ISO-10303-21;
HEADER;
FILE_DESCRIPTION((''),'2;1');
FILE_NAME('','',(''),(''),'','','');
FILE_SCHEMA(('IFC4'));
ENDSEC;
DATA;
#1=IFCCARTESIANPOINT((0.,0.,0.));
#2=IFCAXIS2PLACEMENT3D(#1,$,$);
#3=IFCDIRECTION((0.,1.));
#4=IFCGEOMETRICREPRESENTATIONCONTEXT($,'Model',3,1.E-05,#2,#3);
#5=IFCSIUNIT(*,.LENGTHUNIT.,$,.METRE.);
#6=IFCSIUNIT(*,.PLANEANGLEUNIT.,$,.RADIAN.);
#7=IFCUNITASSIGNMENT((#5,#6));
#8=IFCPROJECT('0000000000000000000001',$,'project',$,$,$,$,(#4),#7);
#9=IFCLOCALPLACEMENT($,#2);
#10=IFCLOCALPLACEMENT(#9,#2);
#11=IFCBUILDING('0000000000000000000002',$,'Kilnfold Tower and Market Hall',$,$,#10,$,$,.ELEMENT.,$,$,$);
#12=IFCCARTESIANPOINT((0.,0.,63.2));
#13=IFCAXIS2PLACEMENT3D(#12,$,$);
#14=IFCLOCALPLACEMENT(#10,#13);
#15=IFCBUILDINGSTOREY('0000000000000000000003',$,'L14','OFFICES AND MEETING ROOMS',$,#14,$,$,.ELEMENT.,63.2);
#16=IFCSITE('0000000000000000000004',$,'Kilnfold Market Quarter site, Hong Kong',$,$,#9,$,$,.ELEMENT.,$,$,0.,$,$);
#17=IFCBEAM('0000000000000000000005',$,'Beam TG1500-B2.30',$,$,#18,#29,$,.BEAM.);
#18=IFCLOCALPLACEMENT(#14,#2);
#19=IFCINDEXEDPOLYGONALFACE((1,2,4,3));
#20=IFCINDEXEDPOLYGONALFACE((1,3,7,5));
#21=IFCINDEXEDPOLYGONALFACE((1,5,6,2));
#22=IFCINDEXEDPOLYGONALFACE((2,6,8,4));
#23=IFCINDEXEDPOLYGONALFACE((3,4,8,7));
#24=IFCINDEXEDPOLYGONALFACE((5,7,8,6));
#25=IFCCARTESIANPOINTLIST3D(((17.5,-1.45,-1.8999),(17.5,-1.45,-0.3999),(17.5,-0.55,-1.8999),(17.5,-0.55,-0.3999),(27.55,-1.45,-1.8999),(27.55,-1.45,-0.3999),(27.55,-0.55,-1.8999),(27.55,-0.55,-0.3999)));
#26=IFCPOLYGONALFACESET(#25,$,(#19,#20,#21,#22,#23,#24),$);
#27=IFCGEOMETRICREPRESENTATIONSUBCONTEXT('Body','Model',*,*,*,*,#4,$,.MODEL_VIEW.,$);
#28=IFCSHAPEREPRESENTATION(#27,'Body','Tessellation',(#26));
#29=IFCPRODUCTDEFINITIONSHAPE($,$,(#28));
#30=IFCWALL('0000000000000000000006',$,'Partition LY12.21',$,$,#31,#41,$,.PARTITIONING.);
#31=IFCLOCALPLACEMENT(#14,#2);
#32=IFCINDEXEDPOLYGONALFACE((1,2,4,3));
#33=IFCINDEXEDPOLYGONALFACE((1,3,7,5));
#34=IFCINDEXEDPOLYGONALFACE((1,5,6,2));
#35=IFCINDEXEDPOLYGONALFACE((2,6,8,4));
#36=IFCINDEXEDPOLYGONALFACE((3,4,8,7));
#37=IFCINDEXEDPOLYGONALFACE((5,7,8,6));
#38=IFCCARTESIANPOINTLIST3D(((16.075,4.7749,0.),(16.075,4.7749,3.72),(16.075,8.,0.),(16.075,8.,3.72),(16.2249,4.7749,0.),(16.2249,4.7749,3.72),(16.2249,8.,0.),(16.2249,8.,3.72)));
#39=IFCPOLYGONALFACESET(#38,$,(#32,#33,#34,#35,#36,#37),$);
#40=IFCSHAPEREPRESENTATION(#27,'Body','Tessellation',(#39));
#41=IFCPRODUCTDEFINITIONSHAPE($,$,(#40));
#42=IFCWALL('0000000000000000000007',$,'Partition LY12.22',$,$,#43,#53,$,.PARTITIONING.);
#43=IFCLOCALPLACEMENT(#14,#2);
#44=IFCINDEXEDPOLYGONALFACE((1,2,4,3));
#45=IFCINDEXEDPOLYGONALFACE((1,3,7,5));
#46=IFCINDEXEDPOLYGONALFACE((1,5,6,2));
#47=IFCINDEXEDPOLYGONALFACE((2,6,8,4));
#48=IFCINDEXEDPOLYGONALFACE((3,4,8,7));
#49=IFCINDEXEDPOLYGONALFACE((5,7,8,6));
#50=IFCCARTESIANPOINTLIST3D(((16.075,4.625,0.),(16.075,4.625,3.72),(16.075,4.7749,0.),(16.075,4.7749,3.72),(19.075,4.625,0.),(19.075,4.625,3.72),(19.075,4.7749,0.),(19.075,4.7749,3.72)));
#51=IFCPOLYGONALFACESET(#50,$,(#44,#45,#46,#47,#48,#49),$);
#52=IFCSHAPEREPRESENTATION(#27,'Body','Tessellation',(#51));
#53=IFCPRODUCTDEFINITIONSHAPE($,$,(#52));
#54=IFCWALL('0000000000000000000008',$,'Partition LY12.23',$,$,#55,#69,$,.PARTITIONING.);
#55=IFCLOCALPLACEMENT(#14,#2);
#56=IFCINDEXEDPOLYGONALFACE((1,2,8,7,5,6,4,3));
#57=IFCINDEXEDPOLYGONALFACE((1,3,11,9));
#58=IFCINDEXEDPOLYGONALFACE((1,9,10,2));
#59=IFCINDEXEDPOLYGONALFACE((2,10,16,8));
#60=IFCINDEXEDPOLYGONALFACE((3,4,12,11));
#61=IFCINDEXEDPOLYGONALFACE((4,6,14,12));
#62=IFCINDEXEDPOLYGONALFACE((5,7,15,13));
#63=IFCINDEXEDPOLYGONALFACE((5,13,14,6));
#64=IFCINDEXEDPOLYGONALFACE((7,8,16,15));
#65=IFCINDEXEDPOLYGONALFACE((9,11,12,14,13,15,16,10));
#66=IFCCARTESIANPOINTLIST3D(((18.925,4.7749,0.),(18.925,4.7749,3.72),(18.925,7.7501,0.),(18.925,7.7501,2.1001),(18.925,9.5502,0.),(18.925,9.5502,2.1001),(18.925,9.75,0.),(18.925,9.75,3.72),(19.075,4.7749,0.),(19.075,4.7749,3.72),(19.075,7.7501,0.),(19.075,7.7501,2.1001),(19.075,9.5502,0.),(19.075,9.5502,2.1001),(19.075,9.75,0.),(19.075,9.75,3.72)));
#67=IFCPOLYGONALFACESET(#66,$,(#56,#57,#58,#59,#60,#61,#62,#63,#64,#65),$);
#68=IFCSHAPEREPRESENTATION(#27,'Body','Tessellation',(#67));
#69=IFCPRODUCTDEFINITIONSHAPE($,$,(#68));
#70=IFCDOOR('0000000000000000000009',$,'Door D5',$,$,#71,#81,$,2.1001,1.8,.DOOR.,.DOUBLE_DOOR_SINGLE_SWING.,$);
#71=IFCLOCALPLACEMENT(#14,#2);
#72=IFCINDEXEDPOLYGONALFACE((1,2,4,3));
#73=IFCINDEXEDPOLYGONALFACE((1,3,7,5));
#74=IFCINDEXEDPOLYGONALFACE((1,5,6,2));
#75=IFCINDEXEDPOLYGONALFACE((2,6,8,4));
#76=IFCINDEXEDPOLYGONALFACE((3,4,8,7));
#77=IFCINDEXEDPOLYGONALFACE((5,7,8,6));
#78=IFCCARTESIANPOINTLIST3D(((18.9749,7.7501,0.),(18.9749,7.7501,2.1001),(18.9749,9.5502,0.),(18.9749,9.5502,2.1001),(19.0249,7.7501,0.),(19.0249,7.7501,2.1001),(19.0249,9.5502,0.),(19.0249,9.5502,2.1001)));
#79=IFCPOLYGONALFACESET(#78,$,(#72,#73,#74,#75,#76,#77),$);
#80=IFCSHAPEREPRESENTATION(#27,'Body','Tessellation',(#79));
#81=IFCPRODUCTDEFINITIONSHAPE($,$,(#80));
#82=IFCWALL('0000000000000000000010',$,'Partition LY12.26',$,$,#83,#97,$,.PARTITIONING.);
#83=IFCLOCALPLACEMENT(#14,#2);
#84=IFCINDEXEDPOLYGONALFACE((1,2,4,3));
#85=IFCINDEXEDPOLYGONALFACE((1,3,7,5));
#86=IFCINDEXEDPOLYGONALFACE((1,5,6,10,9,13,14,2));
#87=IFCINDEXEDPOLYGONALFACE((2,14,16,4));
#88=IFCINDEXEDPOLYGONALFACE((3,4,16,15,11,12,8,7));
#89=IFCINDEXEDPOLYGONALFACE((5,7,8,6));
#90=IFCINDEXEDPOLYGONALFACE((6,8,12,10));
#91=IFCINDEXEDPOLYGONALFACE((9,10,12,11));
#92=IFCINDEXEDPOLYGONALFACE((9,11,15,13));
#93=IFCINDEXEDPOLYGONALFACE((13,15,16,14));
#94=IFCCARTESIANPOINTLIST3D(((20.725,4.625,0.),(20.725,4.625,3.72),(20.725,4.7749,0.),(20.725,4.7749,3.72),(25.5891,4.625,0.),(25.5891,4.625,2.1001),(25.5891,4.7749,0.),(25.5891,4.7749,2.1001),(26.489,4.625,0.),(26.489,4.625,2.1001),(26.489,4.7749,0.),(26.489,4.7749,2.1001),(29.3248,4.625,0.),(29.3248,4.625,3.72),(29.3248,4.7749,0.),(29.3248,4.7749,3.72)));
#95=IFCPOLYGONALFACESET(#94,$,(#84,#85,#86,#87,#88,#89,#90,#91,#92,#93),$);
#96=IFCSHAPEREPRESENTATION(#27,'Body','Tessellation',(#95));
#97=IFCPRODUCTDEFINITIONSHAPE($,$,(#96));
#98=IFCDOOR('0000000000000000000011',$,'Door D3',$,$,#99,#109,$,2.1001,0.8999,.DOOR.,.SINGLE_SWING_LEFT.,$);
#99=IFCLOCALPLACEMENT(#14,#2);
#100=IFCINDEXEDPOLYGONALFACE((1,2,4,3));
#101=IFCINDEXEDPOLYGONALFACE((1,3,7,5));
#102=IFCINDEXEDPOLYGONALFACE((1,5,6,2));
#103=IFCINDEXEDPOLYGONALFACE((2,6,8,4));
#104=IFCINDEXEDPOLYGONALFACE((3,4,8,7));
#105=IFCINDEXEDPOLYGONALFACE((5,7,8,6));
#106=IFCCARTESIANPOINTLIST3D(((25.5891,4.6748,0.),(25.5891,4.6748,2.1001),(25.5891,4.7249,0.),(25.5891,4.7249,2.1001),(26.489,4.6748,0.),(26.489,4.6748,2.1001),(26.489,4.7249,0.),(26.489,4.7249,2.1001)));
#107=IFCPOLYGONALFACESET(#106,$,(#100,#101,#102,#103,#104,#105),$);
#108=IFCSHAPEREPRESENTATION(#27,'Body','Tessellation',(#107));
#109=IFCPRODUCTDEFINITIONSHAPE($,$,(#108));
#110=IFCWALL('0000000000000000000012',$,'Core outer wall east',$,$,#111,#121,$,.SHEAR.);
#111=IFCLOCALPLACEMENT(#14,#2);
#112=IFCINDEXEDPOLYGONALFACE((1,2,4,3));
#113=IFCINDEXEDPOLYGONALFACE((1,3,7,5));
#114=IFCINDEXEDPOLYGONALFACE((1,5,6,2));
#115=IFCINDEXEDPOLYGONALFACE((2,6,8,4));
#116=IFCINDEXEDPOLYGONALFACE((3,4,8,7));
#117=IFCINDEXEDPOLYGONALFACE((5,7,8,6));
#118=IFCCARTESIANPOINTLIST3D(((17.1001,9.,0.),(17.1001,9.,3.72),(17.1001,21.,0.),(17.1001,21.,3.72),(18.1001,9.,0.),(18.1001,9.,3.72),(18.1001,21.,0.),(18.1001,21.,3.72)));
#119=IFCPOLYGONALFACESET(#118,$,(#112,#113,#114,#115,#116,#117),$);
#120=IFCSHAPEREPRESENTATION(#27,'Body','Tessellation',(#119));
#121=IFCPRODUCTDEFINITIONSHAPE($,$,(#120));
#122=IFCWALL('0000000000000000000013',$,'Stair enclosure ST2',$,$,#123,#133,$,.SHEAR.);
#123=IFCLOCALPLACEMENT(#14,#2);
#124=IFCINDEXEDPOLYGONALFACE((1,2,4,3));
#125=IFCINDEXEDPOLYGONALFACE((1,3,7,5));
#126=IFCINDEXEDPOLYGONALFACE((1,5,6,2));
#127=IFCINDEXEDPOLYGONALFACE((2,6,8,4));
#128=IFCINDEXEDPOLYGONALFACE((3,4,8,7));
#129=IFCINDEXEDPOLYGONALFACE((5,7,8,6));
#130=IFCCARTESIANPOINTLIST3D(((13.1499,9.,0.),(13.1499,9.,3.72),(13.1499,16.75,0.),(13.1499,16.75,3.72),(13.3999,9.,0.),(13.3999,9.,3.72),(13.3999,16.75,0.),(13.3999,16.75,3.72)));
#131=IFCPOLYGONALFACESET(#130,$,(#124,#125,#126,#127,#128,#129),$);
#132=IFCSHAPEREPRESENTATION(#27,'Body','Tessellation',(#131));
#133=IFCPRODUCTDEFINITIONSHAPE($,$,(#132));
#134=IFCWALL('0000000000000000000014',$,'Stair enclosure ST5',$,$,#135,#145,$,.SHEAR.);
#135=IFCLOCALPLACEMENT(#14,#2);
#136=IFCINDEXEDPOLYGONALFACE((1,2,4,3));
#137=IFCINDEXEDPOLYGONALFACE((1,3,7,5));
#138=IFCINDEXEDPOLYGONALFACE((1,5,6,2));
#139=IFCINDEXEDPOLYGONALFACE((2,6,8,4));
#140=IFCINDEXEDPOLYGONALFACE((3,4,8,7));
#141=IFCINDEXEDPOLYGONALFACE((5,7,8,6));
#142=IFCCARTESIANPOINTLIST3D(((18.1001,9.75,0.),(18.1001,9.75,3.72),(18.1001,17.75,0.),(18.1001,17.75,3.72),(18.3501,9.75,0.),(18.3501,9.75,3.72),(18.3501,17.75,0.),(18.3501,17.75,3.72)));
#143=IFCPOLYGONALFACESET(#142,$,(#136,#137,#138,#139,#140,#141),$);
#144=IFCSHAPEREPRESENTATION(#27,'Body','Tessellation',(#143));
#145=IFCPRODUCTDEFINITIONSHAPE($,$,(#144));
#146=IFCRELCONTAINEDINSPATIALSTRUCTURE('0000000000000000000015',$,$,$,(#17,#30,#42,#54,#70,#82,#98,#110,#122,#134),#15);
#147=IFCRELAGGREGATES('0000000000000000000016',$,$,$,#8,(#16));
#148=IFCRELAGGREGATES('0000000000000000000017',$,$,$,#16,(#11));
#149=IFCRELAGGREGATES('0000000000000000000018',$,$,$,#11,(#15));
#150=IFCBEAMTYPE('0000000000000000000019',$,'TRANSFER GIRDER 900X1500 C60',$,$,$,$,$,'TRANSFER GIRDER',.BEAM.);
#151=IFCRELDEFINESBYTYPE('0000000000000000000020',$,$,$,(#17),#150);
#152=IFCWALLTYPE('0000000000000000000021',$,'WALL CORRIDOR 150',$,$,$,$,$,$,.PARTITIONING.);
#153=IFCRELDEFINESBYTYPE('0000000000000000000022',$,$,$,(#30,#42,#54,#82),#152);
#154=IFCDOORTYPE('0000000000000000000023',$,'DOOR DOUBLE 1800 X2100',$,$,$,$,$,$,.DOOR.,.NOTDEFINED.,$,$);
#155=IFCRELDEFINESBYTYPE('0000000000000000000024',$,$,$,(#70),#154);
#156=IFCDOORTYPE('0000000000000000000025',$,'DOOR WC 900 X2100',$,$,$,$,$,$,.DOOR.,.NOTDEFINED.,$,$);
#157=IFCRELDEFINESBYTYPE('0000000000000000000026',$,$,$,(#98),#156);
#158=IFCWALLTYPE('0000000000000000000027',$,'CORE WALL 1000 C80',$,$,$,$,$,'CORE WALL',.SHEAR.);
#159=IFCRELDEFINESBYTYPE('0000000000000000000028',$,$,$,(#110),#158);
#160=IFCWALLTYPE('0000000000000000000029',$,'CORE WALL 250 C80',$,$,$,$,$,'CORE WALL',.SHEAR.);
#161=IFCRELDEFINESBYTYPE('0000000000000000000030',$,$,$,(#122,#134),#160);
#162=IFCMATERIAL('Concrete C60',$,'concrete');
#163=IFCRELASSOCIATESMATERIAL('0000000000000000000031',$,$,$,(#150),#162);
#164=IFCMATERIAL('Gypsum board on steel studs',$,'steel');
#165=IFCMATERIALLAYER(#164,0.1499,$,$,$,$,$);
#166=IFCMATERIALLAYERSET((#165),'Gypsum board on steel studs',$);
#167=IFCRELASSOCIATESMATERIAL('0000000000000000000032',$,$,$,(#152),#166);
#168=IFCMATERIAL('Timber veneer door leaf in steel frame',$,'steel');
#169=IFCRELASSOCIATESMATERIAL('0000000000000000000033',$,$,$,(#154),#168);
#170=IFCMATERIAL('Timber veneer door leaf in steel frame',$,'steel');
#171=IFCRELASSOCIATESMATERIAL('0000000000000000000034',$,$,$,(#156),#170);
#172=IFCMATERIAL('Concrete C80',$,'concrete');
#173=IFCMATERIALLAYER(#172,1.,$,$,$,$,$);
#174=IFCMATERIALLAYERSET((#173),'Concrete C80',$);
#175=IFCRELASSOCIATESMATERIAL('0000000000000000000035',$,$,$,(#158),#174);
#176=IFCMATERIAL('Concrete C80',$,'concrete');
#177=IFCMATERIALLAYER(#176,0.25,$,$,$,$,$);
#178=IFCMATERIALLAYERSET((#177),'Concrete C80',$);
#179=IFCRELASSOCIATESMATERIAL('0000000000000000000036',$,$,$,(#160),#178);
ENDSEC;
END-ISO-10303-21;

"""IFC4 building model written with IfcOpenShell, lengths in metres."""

from ifc_helpers import new_model, si_unit, direction, frame, frame_2d, origin, origin_2d, place, context, subcontext, project, spatial, rectangle, extrude, source, transform, mapped, material, layer, layer_set, material_profile, profile_set, type_object, element, fill, save


model = new_model("IFC4")

# Units and contexts
model_context = context("Model", 3, precision=1e-05, world=origin(), true_north=direction((0.0, 1.0)))
body_context = subcontext(model_context, "Body", "Model", "MODEL_VIEW")
ifc_project = project(units=[si_unit("LENGTHUNIT", "METRE"), si_unit("PLANEANGLEUNIT", "RADIAN")], contexts=[model_context])

# Site, building, storey
site_placement = place(None, origin())
site = spatial("IfcSite", under=ifc_project, at=site_placement, Name="Kilnfold Market Quarter site, Hong Kong", CompositionType="ELEMENT", RefElevation=0.0)
building_placement = place(site_placement, origin())
building = spatial("IfcBuilding", under=site, at=building_placement, Name="Kilnfold Tower and Market Hall", CompositionType="ELEMENT")
storey_placement = place(building_placement, frame((0.0, 0.0, 63.2)))
storey = spatial("IfcBuildingStorey", under=building, at=storey_placement, Name="L14", Description="OFFICES AND MEETING ROOMS", CompositionType="ELEMENT", Elevation=63.2)

# Beam
ifc_material_1 = material(Name="Concrete C60", Category="concrete")
ifc_material_profile = material_profile(ifc_material_1, rectangle(XDim=0.8999, YDim=1.5, at=origin_2d()), Name="RC 900x1500")
ifc_profile_set = profile_set([ifc_material_profile], Name="Concrete C60")
beam_type = type_object("IfcBeamType", Name="TRANSFER GIRDER 900X1500 C60", ElementType="TRANSFER GIRDER", PredefinedType="BEAM", material=ifc_profile_set)
shared_shape_1 = source(origin(), body_context, "Body", "SweptSolid", [
    extrude(rectangle(XDim=0.8999, YDim=1.5, at=origin_2d()), origin(), (0.0, 0.0, 1.0), 10.05),
])
beam_placement = place(storey_placement, frame((17.5, -1.0, -1.1499), z_axis=(1.0, 0.0, 0.0), x_axis=(0.0, 1.0, 0.0)))
element("IfcBeam", 1, at=beam_placement, inside=storey, type_object=beam_type, Name="Beam TG1500-B2.30", PredefinedType="BEAM", context=body_context, shape_type="MappedRepresentation", body=[
    mapped(shared_shape_1, transform((0.0, 0.0, 0.0))),
])

# Walls
ifc_material_2 = material(Name="Gypsum board on steel studs", Category="steel")
ifc_layer_1 = layer(ifc_material_2, 0.1499)
ifc_layer_set_1 = layer_set([ifc_layer_1], Name="Gypsum board on steel studs")
wall_type_1 = type_object("IfcWallType", Name="WALL CORRIDOR 150", PredefinedType="PARTITIONING", material=ifc_layer_set_1)
wall_1_placement = place(storey_placement, frame((16.1499, 4.7749, 0.0), z_axis=(0.0, 0.0, 1.0), x_axis=(0.0, 1.0, 0.0)))
element("IfcWall", 2, at=wall_1_placement, inside=storey, type_object=wall_type_1, Name="Partition LY12.21", PredefinedType="PARTITIONING", context=body_context, shape_type="SweptSolid", body=[
    extrude(rectangle(XDim=3.2251, YDim=0.1499, at=frame_2d((1.6125, 0.0))), origin(), (0.0, 0.0, 1.0), 3.72),
])
wall_2_placement = place(storey_placement, frame((16.075, 4.7, 0.0), z_axis=(0.0, 0.0, 1.0), x_axis=(1.0, 0.0, 0.0)))
element("IfcWall", 3, at=wall_2_placement, inside=storey, type_object=wall_type_1, Name="Partition LY12.22", PredefinedType="PARTITIONING", context=body_context, shape_type="SweptSolid", body=[
    extrude(rectangle(XDim=3.0, YDim=0.1499, at=frame_2d((1.5, 0.0))), origin(), (0.0, 0.0, 1.0), 3.72),
])

# Walls, openings, doors
wall_3_placement = place(storey_placement, frame((19.0, 9.75, 0.0), z_axis=(0.0, 0.0, 1.0), x_axis=(0.0, -1.0, 0.0)))
wall_3 = element("IfcWall", 4, at=wall_3_placement, inside=storey, type_object=wall_type_1, Name="Partition LY12.23", PredefinedType="PARTITIONING", context=body_context, shape_type="SweptSolid", body=[
    extrude(rectangle(XDim=4.9751, YDim=0.1499, at=frame_2d((2.4875, 0.0))), origin(), (0.0, 0.0, 1.0), 3.72),
])
opening_1_placement = place(wall_3_placement, frame((0.2, 0.0, 0.0)))
opening_1 = element("IfcOpeningElement", 5, at=opening_1_placement, cuts=wall_3, PredefinedType="OPENING", context=body_context, shape_type="SweptSolid", body=[
    extrude(rectangle(XDim=1.8, YDim=2.1001, at=frame_2d((0.8999, 1.05))), frame((0.0, 0.085, 0.0), z_axis=(0.0, -1.0, 0.0), x_axis=(1.0, 0.0, 0.0)), (0.0, 0.0, 1.0), 0.1699),
])
ifc_material_3 = material(Name="Timber veneer door leaf in steel frame", Category="steel")
door_type_1 = type_object("IfcDoorType", Name="DOOR DOUBLE 1800 X2100", OperationType="NOTDEFINED", PredefinedType="DOOR", material=ifc_material_3)
door_1_placement = place(opening_1_placement, origin())
door_1 = element("IfcDoor", 6, at=door_1_placement, inside=storey, type_object=door_type_1, Name="Door D5", OperationType="DOUBLE_DOOR_SINGLE_SWING", OverallHeight=2.1001, OverallWidth=1.8, PredefinedType="DOOR", context=body_context, shape_type="SweptSolid", body=[
    extrude(rectangle(XDim=1.8, YDim=2.1001, at=frame_2d((0.8999, 1.05))), frame((0.0, 0.0249, 0.0), z_axis=(0.0, -1.0, 0.0), x_axis=(1.0, 0.0, 0.0)), (0.0, 0.0, 1.0), 0.05),
])
fill(opening_1, door_1)
wall_4_placement = place(storey_placement, frame((20.7251, 4.7, 0.0), z_axis=(0.0, 0.0, 1.0), x_axis=(1.0, 0.0, 0.0)))
wall_4 = element("IfcWall", 7, at=wall_4_placement, inside=storey, type_object=wall_type_1, Name="Partition LY12.26", PredefinedType="PARTITIONING", context=body_context, shape_type="SweptSolid", body=[
    extrude(rectangle(XDim=8.5999, YDim=0.1499, at=frame_2d((4.2998, 0.0))), origin(), (0.0, 0.0, 1.0), 3.72),
])
opening_2_placement = place(wall_4_placement, frame((4.864, 0.0, 0.0)))
opening_2 = element("IfcOpeningElement", 8, at=opening_2_placement, cuts=wall_4, PredefinedType="OPENING", context=body_context, shape_type="SweptSolid", body=[
    extrude(rectangle(XDim=0.8999, YDim=2.1001, at=frame_2d((0.45, 1.05))), frame((0.0, 0.085, 0.0), z_axis=(0.0, -1.0, 0.0), x_axis=(1.0, 0.0, 0.0)), (0.0, 0.0, 1.0), 0.1699),
])
ifc_material_4 = material(Name="Timber veneer door leaf in steel frame", Category="steel")
door_type_2 = type_object("IfcDoorType", Name="DOOR WC 900 X2100", OperationType="NOTDEFINED", PredefinedType="DOOR", material=ifc_material_4)
door_2_placement = place(opening_2_placement, origin())
door_2 = element("IfcDoor", 9, at=door_2_placement, inside=storey, type_object=door_type_2, Name="Door D3", OperationType="SINGLE_SWING_LEFT", OverallHeight=2.1001, OverallWidth=0.8999, PredefinedType="DOOR", context=body_context, shape_type="SweptSolid", body=[
    extrude(rectangle(XDim=0.8999, YDim=2.1001, at=frame_2d((0.45, 1.05))), frame((0.0, 0.0249, 0.0), z_axis=(0.0, -1.0, 0.0), x_axis=(1.0, 0.0, 0.0)), (0.0, 0.0, 1.0), 0.05),
])
fill(opening_2, door_2)
ifc_material_5 = material(Name="Concrete C80", Category="concrete")
ifc_layer_2 = layer(ifc_material_5, 1.0)
ifc_layer_set_2 = layer_set([ifc_layer_2], Name="Concrete C80")
wall_type_2 = type_object("IfcWallType", Name="CORE WALL 1000 C80", ElementType="CORE WALL", PredefinedType="SHEAR", material=ifc_layer_set_2)

# Walls
shared_shape_2 = source(origin(), body_context, "Body", "SweptSolid", [
    extrude(rectangle(XDim=12.0, YDim=1.0, at=frame_2d((6.0, 0.0))), origin(), (0.0, 0.0, 1.0), 3.72),
])
wall_5_placement = place(storey_placement, frame((17.6001, 9.0, 0.0), z_axis=(0.0, 0.0, 1.0), x_axis=(0.0, 1.0, 0.0)))
element("IfcWall", 10, at=wall_5_placement, inside=storey, type_object=wall_type_2, Name="Core outer wall east", PredefinedType="SHEAR", context=body_context, shape_type="MappedRepresentation", body=[
    mapped(shared_shape_2, transform((0.0, 0.0, 0.0))),
])
ifc_material_6 = material(Name="Concrete C80", Category="concrete")
ifc_layer_3 = layer(ifc_material_6, 0.25)
ifc_layer_set_3 = layer_set([ifc_layer_3], Name="Concrete C80")
wall_type_3 = type_object("IfcWallType", Name="CORE WALL 250 C80", ElementType="CORE WALL", PredefinedType="SHEAR", material=ifc_layer_set_3)
shared_shape_3 = source(origin(), body_context, "Body", "SweptSolid", [
    extrude(rectangle(XDim=7.75, YDim=0.25, at=frame_2d((3.875, 0.0))), origin(), (0.0, 0.0, 1.0), 3.72),
])
wall_6_placement = place(storey_placement, frame((13.2749, 9.0, 0.0), z_axis=(0.0, 0.0, 1.0), x_axis=(0.0, 1.0, 0.0)))
element("IfcWall", 11, at=wall_6_placement, inside=storey, type_object=wall_type_3, Name="Stair enclosure ST2", PredefinedType="SHEAR", context=body_context, shape_type="MappedRepresentation", body=[
    mapped(shared_shape_3, transform((0.0, 0.0, 0.0))),
])
shared_shape_4 = source(origin(), body_context, "Body", "SweptSolid", [
    extrude(rectangle(XDim=8.0, YDim=0.25, at=frame_2d((4.0, 0.0))), origin(), (0.0, 0.0, 1.0), 3.72),
])
wall_7_placement = place(storey_placement, frame((18.2251, 9.75, 0.0), z_axis=(0.0, 0.0, 1.0), x_axis=(0.0, 1.0, 0.0)))
element("IfcWall", 12, at=wall_7_placement, inside=storey, type_object=wall_type_3, Name="Stair enclosure ST5", PredefinedType="SHEAR", context=body_context, shape_type="MappedRepresentation", body=[
    mapped(shared_shape_4, transform((0.0, 0.0, 0.0))),
])

save(model, "model.ifc")
